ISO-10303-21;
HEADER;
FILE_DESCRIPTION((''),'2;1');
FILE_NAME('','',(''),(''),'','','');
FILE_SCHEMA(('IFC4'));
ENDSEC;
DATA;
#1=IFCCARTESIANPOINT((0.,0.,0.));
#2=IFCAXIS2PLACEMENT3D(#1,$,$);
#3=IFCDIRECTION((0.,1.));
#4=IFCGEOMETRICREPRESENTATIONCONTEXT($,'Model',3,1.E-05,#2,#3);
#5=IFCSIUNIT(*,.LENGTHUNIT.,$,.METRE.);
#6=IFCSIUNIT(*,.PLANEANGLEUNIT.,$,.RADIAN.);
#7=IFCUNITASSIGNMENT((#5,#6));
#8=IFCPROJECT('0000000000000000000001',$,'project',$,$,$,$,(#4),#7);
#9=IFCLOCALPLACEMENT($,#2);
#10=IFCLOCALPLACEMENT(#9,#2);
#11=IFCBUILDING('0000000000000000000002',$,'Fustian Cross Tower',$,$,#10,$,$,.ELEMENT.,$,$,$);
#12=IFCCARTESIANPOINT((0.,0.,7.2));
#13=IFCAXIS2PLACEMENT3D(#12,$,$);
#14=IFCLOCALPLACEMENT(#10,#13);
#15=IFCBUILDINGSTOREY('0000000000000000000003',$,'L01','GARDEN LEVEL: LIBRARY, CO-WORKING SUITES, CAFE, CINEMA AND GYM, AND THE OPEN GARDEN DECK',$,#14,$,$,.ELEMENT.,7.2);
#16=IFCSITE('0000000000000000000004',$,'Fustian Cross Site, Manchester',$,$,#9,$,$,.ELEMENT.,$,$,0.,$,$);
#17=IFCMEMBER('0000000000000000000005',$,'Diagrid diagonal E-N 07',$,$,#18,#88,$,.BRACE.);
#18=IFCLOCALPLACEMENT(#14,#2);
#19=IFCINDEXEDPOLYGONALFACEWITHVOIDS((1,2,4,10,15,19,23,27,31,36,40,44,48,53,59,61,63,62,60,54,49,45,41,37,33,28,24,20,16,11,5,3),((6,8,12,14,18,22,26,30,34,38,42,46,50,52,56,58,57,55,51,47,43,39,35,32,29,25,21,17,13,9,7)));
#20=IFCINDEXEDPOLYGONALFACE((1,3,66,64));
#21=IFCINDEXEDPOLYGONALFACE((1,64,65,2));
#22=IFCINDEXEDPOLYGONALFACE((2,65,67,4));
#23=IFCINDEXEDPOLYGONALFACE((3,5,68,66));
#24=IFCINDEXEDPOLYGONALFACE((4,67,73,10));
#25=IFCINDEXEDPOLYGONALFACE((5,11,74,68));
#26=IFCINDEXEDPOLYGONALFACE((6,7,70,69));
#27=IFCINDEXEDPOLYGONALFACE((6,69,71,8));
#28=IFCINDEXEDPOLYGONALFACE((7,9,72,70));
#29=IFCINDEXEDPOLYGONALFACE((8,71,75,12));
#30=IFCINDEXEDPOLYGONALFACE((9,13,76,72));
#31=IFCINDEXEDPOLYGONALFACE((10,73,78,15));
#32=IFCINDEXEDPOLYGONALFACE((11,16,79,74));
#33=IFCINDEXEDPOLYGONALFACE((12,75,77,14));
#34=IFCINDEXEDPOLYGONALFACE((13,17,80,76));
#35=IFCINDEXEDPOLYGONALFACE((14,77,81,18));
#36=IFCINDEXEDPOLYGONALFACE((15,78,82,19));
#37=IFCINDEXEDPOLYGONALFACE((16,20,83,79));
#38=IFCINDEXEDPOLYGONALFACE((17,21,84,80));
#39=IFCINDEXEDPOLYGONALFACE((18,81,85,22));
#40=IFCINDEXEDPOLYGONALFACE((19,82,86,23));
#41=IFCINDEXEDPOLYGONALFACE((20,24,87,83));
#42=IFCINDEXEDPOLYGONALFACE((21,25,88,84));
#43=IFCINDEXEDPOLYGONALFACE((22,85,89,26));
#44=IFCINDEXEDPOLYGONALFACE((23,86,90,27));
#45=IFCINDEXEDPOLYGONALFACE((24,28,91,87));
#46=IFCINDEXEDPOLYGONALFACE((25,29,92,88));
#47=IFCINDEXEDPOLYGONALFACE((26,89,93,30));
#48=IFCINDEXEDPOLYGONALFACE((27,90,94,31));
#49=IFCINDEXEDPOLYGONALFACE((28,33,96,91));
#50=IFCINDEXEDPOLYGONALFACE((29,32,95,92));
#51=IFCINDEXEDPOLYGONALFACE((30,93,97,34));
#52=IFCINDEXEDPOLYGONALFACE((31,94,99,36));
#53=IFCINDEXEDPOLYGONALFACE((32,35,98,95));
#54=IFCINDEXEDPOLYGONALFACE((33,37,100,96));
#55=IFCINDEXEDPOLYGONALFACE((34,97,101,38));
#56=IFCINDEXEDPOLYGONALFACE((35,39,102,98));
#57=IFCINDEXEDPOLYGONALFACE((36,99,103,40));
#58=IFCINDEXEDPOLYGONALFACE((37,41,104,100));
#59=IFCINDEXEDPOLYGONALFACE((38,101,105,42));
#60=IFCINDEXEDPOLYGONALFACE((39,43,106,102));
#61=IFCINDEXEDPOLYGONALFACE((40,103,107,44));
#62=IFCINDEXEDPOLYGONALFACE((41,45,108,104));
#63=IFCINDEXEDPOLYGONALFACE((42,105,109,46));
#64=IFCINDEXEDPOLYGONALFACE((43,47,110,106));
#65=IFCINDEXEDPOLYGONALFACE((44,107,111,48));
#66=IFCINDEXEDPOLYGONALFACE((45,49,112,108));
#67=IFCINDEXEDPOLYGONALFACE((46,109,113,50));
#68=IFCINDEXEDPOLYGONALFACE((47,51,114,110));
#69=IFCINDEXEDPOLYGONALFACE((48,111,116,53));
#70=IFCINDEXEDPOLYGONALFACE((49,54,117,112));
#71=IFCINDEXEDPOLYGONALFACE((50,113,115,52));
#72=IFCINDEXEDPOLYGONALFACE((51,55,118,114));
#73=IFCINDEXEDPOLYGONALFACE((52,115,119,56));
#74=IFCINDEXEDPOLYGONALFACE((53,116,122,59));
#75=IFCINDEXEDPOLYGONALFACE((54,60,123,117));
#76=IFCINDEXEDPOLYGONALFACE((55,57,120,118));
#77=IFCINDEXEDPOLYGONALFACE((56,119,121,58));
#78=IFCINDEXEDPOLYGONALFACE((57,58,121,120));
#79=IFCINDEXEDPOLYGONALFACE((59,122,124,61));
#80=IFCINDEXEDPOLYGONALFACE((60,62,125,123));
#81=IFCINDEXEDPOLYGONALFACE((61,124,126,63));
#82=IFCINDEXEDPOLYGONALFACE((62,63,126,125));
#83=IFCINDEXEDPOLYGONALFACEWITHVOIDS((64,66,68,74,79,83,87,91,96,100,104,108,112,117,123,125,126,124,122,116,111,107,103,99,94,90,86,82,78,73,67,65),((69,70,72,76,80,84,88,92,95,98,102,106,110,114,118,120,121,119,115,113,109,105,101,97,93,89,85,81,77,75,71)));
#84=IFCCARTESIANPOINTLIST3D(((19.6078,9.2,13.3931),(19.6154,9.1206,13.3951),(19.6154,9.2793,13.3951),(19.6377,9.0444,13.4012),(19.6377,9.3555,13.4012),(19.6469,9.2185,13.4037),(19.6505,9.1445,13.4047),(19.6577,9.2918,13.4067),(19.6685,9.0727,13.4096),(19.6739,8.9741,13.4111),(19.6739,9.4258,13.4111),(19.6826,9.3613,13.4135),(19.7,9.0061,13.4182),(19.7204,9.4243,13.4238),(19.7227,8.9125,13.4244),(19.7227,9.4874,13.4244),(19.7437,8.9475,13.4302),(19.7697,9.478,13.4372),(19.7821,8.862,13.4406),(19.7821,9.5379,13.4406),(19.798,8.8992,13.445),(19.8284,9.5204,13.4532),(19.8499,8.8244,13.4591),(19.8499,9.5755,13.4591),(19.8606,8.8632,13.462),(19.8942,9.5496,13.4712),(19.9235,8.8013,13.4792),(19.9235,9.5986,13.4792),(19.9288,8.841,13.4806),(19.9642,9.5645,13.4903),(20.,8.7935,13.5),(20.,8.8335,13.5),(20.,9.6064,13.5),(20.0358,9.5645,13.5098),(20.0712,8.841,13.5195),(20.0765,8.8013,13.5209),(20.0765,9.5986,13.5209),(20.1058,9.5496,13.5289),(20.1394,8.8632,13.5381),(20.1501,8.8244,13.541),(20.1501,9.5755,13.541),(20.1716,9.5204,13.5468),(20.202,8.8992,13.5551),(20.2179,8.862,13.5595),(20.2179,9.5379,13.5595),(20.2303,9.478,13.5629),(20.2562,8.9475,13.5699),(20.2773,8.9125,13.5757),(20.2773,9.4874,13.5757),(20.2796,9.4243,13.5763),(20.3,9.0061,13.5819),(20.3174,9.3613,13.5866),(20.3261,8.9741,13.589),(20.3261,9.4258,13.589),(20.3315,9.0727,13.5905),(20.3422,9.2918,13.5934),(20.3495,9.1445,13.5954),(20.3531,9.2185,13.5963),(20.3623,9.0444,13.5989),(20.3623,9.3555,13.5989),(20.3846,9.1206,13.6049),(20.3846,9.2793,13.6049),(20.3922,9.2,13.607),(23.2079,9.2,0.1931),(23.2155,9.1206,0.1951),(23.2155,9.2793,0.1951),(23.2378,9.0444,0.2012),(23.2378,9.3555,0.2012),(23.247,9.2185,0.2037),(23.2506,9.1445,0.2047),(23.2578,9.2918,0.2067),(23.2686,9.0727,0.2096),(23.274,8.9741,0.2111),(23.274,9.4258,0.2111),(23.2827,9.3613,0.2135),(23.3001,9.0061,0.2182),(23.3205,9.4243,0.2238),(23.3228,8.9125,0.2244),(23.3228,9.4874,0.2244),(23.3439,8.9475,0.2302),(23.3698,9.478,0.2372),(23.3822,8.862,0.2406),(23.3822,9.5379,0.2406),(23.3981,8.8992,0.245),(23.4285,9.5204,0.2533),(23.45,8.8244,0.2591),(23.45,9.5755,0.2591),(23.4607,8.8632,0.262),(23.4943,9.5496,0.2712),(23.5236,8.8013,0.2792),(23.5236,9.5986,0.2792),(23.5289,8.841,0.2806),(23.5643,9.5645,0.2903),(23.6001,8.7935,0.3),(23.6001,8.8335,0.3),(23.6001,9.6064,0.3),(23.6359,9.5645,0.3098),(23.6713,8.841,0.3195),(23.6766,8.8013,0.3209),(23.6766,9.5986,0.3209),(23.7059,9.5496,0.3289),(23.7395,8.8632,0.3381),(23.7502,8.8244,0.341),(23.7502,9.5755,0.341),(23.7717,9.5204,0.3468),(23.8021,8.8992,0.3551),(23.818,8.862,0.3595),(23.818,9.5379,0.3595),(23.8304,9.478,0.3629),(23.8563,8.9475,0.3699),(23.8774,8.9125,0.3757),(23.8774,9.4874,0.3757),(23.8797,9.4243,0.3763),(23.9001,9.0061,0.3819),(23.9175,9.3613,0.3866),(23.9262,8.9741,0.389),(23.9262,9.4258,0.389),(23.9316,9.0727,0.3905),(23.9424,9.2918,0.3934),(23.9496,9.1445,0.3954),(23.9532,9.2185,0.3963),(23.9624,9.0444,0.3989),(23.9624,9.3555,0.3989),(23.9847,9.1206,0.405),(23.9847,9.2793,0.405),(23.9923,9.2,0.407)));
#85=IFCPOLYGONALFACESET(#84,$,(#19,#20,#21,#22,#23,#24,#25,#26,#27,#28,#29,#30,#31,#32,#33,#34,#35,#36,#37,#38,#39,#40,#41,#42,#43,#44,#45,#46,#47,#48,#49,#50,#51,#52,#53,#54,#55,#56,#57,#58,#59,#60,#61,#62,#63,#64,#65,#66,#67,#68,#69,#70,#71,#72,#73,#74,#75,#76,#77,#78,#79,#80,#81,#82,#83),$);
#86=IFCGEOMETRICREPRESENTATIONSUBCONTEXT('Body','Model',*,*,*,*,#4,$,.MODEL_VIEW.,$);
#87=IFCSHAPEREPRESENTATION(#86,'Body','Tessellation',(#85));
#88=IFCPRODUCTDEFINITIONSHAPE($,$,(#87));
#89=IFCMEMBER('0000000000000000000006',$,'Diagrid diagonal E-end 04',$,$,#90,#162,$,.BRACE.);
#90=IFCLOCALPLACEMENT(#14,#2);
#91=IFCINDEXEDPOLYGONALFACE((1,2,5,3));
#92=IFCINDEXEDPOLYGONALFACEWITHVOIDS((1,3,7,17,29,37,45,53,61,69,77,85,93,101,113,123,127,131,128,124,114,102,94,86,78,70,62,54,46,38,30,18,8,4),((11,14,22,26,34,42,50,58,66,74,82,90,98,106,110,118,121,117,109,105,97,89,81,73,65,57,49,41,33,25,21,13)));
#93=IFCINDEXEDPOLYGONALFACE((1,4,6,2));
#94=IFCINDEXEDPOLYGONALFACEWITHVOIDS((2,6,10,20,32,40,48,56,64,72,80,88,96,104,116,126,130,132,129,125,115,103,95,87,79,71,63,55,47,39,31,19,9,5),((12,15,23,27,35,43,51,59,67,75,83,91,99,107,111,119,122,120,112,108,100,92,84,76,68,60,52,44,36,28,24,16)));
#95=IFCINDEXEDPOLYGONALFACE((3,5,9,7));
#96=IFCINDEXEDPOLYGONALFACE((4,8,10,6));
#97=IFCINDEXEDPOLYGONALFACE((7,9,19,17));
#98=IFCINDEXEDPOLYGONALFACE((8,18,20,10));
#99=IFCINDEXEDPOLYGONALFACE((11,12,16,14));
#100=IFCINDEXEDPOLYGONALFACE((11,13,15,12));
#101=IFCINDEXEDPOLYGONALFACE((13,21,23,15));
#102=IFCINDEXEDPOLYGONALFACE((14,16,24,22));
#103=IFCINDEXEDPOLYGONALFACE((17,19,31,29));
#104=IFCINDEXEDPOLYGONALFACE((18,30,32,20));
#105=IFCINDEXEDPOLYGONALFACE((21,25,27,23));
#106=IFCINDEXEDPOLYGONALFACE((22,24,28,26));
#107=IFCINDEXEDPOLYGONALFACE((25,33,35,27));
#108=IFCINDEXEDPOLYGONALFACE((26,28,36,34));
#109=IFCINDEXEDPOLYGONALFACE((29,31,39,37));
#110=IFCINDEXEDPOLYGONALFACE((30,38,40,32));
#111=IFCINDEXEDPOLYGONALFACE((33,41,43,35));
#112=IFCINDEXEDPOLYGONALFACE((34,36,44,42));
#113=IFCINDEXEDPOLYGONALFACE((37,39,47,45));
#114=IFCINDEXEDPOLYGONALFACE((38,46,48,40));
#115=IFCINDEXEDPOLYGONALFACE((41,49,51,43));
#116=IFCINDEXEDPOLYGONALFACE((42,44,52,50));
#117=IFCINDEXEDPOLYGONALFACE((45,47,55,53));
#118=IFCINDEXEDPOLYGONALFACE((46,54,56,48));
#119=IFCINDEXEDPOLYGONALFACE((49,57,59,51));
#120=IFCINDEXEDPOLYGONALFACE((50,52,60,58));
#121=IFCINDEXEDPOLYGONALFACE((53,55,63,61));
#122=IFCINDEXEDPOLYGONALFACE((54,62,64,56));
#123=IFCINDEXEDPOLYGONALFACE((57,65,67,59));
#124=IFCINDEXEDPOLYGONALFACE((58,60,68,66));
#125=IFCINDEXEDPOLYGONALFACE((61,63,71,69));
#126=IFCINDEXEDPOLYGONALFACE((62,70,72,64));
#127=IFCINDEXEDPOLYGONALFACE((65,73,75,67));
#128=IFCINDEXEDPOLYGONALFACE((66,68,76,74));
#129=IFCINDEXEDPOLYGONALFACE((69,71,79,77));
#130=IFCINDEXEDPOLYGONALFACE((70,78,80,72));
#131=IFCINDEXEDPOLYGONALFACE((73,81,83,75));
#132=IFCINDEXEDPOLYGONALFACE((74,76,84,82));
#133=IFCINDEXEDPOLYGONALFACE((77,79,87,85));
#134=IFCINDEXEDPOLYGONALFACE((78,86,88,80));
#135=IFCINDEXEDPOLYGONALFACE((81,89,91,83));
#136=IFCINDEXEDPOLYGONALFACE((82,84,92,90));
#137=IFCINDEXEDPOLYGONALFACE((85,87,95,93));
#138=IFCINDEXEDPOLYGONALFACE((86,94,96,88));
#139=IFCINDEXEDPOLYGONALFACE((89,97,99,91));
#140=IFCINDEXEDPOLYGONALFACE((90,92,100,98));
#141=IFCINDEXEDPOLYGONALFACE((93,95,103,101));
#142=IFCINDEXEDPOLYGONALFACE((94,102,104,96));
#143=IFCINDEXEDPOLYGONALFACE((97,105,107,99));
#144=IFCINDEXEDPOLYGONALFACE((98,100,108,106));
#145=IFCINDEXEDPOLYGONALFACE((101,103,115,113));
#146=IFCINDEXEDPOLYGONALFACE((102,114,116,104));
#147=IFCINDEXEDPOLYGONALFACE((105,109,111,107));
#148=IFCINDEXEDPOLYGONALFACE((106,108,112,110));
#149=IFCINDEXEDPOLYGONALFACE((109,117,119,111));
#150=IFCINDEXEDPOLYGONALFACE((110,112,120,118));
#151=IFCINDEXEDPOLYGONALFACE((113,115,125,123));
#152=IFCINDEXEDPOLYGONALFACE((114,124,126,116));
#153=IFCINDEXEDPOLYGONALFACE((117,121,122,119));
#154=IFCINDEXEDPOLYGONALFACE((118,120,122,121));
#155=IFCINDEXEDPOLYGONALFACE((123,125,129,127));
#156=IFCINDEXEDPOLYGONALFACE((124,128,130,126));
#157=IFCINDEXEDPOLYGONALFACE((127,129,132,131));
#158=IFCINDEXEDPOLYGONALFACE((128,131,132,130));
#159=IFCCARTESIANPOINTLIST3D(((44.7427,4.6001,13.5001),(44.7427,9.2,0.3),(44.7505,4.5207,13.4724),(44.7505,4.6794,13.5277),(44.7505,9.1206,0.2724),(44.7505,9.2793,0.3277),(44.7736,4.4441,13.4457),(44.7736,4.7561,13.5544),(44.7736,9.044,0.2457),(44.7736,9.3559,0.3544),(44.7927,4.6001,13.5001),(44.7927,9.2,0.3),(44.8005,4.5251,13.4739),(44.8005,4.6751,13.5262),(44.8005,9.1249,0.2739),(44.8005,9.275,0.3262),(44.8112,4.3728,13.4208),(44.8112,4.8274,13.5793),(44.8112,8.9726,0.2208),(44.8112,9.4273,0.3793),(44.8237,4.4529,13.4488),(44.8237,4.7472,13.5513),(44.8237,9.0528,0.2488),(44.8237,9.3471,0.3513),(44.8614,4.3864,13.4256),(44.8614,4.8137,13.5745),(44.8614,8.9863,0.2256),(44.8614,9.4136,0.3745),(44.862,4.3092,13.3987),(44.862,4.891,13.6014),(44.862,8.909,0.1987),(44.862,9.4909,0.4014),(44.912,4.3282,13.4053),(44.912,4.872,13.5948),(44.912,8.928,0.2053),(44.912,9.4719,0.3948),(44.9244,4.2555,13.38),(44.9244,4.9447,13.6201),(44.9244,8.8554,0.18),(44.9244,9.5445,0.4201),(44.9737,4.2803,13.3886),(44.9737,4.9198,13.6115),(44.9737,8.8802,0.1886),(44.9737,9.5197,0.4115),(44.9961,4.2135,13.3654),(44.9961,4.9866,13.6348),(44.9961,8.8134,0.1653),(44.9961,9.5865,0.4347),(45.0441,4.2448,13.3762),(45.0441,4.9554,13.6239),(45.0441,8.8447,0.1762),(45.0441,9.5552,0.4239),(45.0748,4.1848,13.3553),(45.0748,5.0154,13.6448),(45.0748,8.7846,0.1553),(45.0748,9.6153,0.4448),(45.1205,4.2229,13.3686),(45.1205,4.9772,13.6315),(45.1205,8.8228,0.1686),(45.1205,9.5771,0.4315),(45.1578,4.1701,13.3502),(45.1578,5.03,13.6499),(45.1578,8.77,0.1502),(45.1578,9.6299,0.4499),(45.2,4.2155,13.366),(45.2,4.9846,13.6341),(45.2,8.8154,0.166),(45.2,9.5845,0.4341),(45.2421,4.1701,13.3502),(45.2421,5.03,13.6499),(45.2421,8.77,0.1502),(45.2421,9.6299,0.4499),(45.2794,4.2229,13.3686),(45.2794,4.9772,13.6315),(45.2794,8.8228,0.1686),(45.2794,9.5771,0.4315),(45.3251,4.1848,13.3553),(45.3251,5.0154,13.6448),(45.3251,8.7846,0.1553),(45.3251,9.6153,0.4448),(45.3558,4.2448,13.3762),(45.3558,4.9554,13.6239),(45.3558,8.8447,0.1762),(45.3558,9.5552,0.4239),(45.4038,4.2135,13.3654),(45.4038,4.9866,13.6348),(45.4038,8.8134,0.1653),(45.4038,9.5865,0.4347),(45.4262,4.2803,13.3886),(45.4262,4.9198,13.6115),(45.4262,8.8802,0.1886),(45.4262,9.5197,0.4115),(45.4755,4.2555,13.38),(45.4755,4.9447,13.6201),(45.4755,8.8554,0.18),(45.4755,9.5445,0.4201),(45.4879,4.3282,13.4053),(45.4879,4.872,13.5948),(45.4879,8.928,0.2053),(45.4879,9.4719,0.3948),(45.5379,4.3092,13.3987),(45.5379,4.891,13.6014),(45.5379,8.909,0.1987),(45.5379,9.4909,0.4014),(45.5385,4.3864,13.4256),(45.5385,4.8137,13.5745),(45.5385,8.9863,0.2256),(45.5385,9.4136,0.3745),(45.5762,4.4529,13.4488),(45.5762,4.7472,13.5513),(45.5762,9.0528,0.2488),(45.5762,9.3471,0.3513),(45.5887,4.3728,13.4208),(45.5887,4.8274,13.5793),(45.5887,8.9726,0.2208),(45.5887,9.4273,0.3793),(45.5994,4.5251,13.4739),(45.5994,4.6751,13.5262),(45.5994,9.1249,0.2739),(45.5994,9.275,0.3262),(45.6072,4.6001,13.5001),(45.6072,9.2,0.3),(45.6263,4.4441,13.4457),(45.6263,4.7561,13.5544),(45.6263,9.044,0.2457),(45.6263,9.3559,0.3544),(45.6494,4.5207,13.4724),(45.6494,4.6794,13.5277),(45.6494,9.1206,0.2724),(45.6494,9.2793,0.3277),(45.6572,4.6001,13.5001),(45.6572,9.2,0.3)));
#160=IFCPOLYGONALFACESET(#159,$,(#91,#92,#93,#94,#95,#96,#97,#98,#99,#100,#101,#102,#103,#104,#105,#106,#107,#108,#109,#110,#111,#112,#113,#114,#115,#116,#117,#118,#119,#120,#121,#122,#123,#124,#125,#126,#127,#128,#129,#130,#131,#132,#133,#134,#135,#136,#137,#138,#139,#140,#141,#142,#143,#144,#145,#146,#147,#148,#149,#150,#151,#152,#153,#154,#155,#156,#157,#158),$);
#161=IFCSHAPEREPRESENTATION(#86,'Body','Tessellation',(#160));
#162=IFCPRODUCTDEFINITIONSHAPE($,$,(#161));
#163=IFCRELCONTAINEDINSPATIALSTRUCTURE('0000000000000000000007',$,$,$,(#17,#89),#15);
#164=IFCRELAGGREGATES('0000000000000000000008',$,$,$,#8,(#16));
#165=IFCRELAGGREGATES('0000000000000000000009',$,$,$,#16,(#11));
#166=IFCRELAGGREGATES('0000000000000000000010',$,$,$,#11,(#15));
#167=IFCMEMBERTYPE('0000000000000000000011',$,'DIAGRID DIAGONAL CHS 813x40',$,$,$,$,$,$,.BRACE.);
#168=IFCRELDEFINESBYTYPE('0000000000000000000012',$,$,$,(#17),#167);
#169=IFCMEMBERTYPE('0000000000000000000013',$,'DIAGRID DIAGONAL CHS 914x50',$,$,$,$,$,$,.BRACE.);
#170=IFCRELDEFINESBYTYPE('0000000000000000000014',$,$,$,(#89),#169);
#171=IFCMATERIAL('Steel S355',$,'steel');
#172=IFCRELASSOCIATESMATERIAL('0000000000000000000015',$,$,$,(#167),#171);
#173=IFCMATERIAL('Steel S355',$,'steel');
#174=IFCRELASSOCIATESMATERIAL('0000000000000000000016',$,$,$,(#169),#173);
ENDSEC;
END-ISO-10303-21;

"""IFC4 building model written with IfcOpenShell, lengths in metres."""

from ifc_helpers import new_model, si_unit, direction, frame, origin, origin_2d, place, context, subcontext, project, spatial, hollow_circle, extrude, material, material_profile, profile_set, type_object, element, save


model = new_model("IFC4")

# Units and contexts
model_context = context("Model", 3, precision=1e-05, world=origin(), true_north=direction((0.0, 1.0)))
body_context = subcontext(model_context, "Body", "Model", "MODEL_VIEW")
ifc_project = project(units=[si_unit("LENGTHUNIT", "METRE"), si_unit("PLANEANGLEUNIT", "RADIAN")], contexts=[model_context])

# Site, building, storey
site_placement = place(None, origin())
site = spatial("IfcSite", under=ifc_project, at=site_placement, Name="Fustian Cross Site, Manchester", CompositionType="ELEMENT", RefElevation=0.0)
building_placement = place(site_placement, origin())
building = spatial("IfcBuilding", under=site, at=building_placement, Name="Fustian Cross Tower", CompositionType="ELEMENT")
storey_placement = place(building_placement, frame((0.0, 0.0, 7.2)))
storey = spatial("IfcBuildingStorey", under=building, at=storey_placement, Name="L01", Description="GARDEN LEVEL: LIBRARY, CO-WORKING SUITES, CAFE, CINEMA AND GYM, AND THE OPEN GARDEN DECK", CompositionType="ELEMENT", Elevation=7.2)

# Members
ifc_material_1 = material(Name="Steel S355", Category="steel")
ifc_material_profile_1 = material_profile(ifc_material_1, hollow_circle(Radius=0.4065, WallThickness=0.04, at=origin_2d()), Name="CHS 813x40")
ifc_profile_set_1 = profile_set([ifc_material_profile_1], Name="Steel S355")
member_type_1 = type_object("IfcMemberType", Name="DIAGRID DIAGONAL CHS 813x40", PredefinedType="BRACE", material=ifc_profile_set_1)
for number, where, z_axis, x_axis, name in (
    (1, (23.6001, 9.2, 0.3), (-0.263125, 0.0, 0.964762), (0.0, -1.0, 0.0), "Diagrid diagonal E-N 07"),
):
    element("IfcMember", number, at=place(storey_placement, frame(where, z_axis=z_axis, x_axis=x_axis)), inside=storey, type_object=member_type_1, Name=name, PredefinedType="BRACE", context=body_context, shape_type="SweptSolid", body=[
        extrude(hollow_circle(Radius=0.4065, WallThickness=0.04, at=origin_2d()), origin(), (0.0, 0.0, 1.0), 13.6821),
    ])
ifc_material_2 = material(Name="Steel S355", Category="steel")
ifc_material_profile_2 = material_profile(ifc_material_2, hollow_circle(Radius=0.4573, WallThickness=0.05, at=origin_2d()), Name="CHS 914x50")
ifc_profile_set_2 = profile_set([ifc_material_profile_2], Name="Steel S355")
member_type_2 = type_object("IfcMemberType", Name="DIAGRID DIAGONAL CHS 914x50", PredefinedType="BRACE", material=ifc_profile_set_2)
member_1_placement = place(storey_placement, frame((45.2, 9.2, 0.3), z_axis=(0.0, -0.329067, 0.944306), x_axis=(1.0, 0.0, 0.0)))
element("IfcMember", 2, at=member_1_placement, inside=storey, type_object=member_type_2, Name="Diagrid diagonal E-end 04", PredefinedType="BRACE", context=body_context, shape_type="SweptSolid", body=[
    extrude(hollow_circle(Radius=0.4573, WallThickness=0.05, at=origin_2d()), origin(), (0.0, 0.0, 1.0), 13.9785),
])

save(model, "model.ifc")
